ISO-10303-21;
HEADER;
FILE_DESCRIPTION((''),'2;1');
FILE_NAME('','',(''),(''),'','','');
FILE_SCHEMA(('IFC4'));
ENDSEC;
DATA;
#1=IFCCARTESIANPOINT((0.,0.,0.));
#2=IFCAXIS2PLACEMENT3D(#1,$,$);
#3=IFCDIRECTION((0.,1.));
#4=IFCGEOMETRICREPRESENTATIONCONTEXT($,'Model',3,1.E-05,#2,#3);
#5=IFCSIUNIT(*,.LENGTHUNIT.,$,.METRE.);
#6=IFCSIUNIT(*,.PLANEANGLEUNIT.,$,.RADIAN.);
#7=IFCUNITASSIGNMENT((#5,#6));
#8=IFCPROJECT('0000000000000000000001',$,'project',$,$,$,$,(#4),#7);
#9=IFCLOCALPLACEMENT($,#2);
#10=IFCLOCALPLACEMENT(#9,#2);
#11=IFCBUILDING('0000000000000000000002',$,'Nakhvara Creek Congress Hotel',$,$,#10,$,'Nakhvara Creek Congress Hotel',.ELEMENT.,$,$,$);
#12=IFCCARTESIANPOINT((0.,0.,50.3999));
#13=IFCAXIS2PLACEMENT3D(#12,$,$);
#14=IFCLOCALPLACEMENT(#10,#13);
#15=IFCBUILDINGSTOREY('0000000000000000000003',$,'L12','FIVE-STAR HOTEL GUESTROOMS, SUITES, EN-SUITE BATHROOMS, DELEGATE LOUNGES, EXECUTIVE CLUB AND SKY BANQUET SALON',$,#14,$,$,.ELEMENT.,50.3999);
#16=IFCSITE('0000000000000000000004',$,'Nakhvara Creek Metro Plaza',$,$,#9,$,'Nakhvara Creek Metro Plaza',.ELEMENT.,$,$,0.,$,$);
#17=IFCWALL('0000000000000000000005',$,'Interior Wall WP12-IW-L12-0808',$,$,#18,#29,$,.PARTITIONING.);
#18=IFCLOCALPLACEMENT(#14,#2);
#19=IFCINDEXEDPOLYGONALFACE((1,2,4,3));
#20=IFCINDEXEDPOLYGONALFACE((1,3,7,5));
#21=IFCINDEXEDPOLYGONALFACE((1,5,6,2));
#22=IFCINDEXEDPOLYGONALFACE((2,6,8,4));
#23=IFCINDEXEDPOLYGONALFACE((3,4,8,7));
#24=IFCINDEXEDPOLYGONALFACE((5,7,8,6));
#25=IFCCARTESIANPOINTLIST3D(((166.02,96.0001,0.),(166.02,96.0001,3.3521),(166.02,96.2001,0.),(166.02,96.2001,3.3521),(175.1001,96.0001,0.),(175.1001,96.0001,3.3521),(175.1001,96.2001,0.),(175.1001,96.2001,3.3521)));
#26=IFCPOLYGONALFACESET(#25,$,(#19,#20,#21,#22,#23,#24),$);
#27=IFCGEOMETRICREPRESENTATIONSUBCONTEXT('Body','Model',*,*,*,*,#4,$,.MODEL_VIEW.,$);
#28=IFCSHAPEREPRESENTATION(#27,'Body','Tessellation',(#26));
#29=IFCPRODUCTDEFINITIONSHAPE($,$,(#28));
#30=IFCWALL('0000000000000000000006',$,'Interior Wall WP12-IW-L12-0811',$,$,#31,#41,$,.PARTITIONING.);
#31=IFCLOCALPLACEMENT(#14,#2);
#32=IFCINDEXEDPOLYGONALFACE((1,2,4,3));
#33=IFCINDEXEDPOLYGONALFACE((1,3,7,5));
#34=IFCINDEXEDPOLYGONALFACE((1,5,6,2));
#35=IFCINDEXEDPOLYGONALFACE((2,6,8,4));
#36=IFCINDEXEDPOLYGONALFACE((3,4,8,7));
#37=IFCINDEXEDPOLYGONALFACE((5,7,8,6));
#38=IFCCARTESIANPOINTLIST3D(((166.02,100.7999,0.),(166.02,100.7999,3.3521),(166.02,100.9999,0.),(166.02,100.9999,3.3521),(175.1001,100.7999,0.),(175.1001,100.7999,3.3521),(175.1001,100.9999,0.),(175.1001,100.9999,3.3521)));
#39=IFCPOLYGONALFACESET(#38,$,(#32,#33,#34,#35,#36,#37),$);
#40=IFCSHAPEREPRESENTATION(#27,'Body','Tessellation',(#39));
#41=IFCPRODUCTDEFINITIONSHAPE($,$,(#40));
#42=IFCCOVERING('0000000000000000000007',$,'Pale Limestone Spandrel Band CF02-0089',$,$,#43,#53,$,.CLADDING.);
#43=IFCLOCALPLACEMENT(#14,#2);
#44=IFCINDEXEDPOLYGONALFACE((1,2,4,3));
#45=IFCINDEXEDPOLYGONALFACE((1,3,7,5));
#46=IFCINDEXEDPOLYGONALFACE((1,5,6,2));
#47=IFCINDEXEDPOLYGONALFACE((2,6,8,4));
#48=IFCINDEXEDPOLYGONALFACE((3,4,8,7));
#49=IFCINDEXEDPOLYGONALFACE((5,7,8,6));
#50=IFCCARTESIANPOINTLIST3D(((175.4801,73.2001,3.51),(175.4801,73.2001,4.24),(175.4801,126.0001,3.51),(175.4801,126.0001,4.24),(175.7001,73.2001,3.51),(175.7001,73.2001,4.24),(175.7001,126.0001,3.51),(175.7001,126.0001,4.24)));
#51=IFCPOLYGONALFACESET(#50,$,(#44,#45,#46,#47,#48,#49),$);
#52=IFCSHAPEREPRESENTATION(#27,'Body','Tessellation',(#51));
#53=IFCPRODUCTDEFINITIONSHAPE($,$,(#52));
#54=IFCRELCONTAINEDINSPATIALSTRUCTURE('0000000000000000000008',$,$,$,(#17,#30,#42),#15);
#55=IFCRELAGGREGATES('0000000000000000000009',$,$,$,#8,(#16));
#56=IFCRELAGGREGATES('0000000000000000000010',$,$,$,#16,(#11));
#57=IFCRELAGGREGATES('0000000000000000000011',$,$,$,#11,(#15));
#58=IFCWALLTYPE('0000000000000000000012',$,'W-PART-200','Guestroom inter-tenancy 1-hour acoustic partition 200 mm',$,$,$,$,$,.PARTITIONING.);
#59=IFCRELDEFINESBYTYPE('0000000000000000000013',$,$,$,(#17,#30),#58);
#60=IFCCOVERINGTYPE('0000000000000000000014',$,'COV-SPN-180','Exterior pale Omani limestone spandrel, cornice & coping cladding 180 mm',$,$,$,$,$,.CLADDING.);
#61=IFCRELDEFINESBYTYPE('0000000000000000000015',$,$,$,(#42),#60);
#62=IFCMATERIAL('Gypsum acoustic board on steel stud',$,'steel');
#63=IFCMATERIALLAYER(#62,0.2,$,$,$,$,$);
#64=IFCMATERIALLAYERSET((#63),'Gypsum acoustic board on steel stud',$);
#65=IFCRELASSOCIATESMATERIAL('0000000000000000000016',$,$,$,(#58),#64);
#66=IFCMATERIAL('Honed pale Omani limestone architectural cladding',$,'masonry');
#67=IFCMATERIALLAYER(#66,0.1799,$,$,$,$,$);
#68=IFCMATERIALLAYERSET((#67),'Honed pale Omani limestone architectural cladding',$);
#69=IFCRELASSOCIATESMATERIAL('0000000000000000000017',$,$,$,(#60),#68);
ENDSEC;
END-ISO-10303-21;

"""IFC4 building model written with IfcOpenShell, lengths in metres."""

from ifc_helpers import new_model, si_unit, direction, frame, frame_2d, origin, origin_2d, place, context, subcontext, project, spatial, rectangle, extrude, material, layer, layer_set, type_object, element, save


model = new_model("IFC4")

# Units and contexts
model_context = context("Model", 3, precision=1e-05, world=origin(), true_north=direction((0.0, 1.0)))
body_context = subcontext(model_context, "Body", "Model", "MODEL_VIEW")
ifc_project = project(units=[si_unit("LENGTHUNIT", "METRE"), si_unit("PLANEANGLEUNIT", "RADIAN")], contexts=[model_context])

# Site, building, storey
site_placement = place(None, origin())
site = spatial("IfcSite", under=ifc_project, at=site_placement, Name="Nakhvara Creek Metro Plaza", LongName="Nakhvara Creek Metro Plaza", CompositionType="ELEMENT", RefElevation=0.0)
building_placement = place(site_placement, origin())
building = spatial("IfcBuilding", under=site, at=building_placement, Name="Nakhvara Creek Congress Hotel", LongName="Nakhvara Creek Congress Hotel", CompositionType="ELEMENT")
storey_placement = place(building_placement, frame((0.0, 0.0, 50.3999)))
storey = spatial("IfcBuildingStorey", under=building, at=storey_placement, Name="L12", Description="FIVE-STAR HOTEL GUESTROOMS, SUITES, EN-SUITE BATHROOMS, DELEGATE LOUNGES, EXECUTIVE CLUB AND SKY BANQUET SALON", CompositionType="ELEMENT", Elevation=50.3999)

# Shared definitions
ifc_material_1 = material(Name="Gypsum acoustic board on steel stud", Category="steel")

# Walls
ifc_layer_1 = layer(ifc_material_1, 0.2)
ifc_layer_set_1 = layer_set([ifc_layer_1], Name="Gypsum acoustic board on steel stud")
wall_type_1 = type_object("IfcWallType", Name="W-PART-200", Description="Guestroom inter-tenancy 1-hour acoustic partition 200 mm", PredefinedType="PARTITIONING", material=ifc_layer_set_1)
for number, where, z_axis, x_axis, name in (
    (1, (166.02, 96.1001, 0.0), (0.0, 0.0, 1.0), (1.0, 0.0, 0.0), "Interior Wall WP12-IW-L12-0808"),
    (2, (166.02, 100.8999, 0.0), (0.0, 0.0, 1.0), (1.0, 0.0, 0.0), "Interior Wall WP12-IW-L12-0811"),
):
    element("IfcWall", number, at=place(storey_placement, frame(where, z_axis=z_axis, x_axis=x_axis)), inside=storey, type_object=wall_type_1, Name=name, PredefinedType="PARTITIONING", context=body_context, shape_type="SweptSolid", body=[
        extrude(rectangle(XDim=9.0801, YDim=0.2, at=frame_2d((4.54, 0.0))), origin(), (0.0, 0.0, 1.0), 3.3521),
    ])

# Covering
ifc_material_2 = material(Name="Honed pale Omani limestone architectural cladding", Category="masonry")
ifc_layer_2 = layer(ifc_material_2, 0.1799)
ifc_layer_set_2 = layer_set([ifc_layer_2], Name="Honed pale Omani limestone architectural cladding")
covering_type = type_object("IfcCoveringType", Name="COV-SPN-180", Description="Exterior pale Omani limestone spandrel, cornice & coping cladding 180 mm", PredefinedType="CLADDING", material=ifc_layer_set_2)
covering_placement = place(storey_placement, frame((175.5901, 99.6001, 3.51), z_axis=(0.0, 0.0, 1.0), x_axis=(0.0, 1.0, 0.0)))
element("IfcCovering", 3, at=covering_placement, inside=storey, type_object=covering_type, Name="Pale Limestone Spandrel Band CF02-0089", PredefinedType="CLADDING", context=body_context, shape_type="SweptSolid", body=[
    extrude(rectangle(XDim=52.8, YDim=0.22, at=origin_2d()), origin(), (0.0, 0.0, 1.0), 0.73),
])

save(model, "model.ifc")
